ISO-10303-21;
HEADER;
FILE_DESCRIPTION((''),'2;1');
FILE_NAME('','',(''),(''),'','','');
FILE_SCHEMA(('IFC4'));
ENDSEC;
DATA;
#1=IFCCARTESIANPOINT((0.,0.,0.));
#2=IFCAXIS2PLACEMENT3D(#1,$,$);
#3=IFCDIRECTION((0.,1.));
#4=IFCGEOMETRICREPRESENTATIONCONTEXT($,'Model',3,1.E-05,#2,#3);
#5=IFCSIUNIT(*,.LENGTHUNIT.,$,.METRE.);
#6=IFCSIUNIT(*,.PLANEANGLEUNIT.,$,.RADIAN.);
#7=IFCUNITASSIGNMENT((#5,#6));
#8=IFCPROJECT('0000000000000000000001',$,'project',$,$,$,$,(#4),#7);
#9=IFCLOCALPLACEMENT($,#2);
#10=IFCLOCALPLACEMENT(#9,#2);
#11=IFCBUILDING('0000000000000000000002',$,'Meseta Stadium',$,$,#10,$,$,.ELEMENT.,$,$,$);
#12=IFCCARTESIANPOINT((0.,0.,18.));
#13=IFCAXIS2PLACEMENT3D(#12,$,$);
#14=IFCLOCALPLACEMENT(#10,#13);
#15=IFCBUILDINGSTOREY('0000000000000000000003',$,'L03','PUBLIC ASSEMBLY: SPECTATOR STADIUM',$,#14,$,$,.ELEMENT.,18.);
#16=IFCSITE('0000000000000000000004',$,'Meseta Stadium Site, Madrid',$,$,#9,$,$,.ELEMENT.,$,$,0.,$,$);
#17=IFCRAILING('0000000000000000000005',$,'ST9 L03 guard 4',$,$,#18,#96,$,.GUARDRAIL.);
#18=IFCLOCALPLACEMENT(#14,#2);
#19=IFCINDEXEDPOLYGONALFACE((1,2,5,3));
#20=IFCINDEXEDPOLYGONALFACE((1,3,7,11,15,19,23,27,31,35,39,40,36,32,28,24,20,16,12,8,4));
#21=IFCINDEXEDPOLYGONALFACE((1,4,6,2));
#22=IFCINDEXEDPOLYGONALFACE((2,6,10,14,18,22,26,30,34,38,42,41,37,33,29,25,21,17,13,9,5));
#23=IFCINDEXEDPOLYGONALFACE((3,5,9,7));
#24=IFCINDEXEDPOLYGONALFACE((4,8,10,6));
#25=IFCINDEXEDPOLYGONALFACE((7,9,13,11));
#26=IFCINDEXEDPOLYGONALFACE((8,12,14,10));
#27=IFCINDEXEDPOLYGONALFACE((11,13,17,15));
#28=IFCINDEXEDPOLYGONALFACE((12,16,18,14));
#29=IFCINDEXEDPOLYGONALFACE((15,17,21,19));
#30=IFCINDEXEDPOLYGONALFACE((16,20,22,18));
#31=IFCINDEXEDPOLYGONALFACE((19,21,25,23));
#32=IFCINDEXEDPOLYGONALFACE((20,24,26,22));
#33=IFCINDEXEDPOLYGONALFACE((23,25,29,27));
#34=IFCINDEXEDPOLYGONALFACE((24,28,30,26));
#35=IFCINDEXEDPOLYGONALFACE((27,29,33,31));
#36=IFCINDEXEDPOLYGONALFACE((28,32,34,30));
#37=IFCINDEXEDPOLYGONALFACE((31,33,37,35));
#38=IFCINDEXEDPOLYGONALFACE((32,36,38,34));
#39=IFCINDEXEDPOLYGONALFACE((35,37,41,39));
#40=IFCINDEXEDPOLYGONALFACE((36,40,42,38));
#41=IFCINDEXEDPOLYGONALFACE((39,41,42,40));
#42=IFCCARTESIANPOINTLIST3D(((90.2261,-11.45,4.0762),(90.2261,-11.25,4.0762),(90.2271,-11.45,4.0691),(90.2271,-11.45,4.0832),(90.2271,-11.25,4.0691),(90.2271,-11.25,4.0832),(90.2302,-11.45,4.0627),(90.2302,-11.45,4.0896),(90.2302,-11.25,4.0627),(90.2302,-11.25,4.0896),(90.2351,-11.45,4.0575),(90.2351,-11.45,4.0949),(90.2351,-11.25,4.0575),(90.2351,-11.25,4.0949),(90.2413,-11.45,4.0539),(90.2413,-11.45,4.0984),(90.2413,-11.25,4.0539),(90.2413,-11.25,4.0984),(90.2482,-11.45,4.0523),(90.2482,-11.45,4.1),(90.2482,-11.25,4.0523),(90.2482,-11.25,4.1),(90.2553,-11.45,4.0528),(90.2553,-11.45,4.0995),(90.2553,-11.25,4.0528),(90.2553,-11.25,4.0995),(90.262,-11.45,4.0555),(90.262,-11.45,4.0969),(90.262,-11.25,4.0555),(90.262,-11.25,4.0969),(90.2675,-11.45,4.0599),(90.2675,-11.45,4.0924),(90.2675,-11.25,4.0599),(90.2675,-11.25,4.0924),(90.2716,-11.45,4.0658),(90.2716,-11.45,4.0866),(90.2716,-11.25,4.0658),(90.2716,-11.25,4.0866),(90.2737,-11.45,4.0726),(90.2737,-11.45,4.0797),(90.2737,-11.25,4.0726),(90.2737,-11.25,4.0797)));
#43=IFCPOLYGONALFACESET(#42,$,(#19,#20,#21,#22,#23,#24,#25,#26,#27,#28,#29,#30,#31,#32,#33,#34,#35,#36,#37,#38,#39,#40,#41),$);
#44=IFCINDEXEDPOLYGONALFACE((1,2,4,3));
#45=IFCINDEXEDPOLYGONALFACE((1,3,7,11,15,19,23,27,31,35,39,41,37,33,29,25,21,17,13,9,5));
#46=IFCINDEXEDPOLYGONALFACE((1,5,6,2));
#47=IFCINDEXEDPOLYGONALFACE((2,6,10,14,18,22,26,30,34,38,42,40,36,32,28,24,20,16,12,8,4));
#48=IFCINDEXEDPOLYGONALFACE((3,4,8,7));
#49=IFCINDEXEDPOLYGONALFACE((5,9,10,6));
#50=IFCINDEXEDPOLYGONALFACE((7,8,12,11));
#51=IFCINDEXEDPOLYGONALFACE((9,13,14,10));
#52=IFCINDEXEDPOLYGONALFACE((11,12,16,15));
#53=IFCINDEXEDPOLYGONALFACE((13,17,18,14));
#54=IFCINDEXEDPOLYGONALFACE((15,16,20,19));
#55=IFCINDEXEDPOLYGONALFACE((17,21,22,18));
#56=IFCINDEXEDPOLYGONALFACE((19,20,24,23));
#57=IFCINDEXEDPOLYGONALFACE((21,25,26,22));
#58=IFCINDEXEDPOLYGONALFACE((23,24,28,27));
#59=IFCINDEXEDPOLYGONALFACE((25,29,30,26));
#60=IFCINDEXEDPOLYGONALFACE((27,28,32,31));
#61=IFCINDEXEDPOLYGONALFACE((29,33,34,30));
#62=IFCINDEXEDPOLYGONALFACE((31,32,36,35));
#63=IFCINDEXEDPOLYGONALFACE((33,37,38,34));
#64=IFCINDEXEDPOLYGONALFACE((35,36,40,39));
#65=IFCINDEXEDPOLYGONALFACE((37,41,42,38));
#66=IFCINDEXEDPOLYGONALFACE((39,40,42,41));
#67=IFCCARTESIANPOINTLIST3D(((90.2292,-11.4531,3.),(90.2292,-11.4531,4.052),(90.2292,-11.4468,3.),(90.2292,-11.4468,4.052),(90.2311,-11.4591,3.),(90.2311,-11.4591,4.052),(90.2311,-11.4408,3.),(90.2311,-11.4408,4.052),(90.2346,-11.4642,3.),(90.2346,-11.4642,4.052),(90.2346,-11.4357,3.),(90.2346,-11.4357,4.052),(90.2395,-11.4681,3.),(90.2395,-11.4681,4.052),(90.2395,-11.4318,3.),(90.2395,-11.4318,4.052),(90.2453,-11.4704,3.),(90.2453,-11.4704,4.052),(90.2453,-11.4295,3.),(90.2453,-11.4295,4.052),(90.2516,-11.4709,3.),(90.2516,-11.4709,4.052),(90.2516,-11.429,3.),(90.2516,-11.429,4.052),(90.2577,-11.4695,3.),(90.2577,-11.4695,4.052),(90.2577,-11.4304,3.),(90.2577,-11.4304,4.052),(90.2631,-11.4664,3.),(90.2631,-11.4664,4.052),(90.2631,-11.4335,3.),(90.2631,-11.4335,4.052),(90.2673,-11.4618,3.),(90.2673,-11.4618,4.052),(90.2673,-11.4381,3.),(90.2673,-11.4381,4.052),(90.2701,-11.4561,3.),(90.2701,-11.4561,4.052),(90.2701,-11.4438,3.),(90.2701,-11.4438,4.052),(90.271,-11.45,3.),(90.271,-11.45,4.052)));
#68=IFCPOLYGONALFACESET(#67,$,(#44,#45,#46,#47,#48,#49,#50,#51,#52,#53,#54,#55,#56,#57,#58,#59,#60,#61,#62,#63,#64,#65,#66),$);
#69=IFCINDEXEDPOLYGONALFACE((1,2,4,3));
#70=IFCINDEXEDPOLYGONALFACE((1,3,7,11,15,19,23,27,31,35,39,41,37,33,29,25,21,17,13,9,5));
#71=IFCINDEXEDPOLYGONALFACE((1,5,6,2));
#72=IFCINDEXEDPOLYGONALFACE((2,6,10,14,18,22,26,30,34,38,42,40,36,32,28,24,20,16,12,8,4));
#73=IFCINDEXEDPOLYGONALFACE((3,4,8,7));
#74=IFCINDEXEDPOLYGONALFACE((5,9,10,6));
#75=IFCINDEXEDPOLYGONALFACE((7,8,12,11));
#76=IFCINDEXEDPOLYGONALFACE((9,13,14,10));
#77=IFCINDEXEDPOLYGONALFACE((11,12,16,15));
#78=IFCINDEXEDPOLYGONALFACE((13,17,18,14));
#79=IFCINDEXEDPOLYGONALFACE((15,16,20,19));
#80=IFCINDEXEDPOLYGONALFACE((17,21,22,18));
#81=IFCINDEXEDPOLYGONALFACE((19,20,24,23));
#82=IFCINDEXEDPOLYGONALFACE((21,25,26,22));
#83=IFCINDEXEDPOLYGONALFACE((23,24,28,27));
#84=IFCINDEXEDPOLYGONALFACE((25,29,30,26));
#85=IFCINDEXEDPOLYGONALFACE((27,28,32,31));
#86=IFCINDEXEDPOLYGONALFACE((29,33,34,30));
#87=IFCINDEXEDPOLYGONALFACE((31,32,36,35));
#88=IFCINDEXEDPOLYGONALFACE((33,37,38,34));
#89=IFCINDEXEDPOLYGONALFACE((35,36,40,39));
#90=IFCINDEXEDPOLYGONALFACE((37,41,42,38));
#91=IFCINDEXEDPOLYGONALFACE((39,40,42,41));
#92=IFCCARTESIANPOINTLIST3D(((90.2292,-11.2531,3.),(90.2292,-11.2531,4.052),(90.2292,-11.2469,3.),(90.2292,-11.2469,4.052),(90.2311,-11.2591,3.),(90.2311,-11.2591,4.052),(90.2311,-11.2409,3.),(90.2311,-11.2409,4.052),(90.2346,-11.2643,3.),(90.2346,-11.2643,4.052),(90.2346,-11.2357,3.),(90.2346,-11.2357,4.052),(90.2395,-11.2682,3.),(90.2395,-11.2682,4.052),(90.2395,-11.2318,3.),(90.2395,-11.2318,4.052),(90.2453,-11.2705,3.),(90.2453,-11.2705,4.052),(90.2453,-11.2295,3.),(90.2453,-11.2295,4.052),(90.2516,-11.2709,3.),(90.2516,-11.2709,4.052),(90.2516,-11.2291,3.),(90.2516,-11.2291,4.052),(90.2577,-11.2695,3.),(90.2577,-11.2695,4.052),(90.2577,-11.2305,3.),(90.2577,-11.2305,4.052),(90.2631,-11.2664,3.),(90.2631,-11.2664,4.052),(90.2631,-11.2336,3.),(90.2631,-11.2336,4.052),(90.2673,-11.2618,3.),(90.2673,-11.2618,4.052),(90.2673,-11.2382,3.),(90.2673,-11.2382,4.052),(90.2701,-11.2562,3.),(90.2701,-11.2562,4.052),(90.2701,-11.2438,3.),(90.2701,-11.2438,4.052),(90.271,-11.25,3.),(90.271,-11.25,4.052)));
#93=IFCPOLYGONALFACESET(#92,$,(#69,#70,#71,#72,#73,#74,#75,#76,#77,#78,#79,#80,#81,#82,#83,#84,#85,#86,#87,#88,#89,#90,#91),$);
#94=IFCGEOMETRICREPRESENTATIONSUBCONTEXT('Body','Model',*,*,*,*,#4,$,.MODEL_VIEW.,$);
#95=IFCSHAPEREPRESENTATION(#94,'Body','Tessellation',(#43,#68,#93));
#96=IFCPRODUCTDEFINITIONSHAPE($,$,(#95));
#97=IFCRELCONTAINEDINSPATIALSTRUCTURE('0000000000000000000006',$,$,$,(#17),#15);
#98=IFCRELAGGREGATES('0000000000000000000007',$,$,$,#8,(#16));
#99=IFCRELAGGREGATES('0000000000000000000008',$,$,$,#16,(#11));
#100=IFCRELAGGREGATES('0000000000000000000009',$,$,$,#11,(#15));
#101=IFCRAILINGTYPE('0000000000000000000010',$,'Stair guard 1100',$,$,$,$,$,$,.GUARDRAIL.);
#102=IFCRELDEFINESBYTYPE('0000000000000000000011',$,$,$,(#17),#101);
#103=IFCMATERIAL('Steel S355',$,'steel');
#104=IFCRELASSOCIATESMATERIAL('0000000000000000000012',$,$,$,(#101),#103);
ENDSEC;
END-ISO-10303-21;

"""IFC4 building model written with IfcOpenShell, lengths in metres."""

from ifc_helpers import new_model, si_unit, direction, frame, origin, origin_2d, place, context, subcontext, project, spatial, circle, extrude, material, type_object, element, save


model = new_model("IFC4")

# Units and contexts
model_context = context("Model", 3, precision=1e-05, world=origin(), true_north=direction((0.0, 1.0)))
body_context = subcontext(model_context, "Body", "Model", "MODEL_VIEW")
ifc_project = project(units=[si_unit("LENGTHUNIT", "METRE"), si_unit("PLANEANGLEUNIT", "RADIAN")], contexts=[model_context])

# Site, building, storey
site_placement = place(None, origin())
site = spatial("IfcSite", under=ifc_project, at=site_placement, Name="Meseta Stadium Site, Madrid", CompositionType="ELEMENT", RefElevation=0.0)
building_placement = place(site_placement, origin())
building = spatial("IfcBuilding", under=site, at=building_placement, Name="Meseta Stadium", CompositionType="ELEMENT")
storey_placement = place(building_placement, frame((0.0, 0.0, 18.0)))
storey = spatial("IfcBuildingStorey", under=building, at=storey_placement, Name="L03", Description="PUBLIC ASSEMBLY: SPECTATOR STADIUM", CompositionType="ELEMENT", Elevation=18.0)

# Railing
ifc_material_1 = material(Name="Steel S355", Category="steel")
railing_type_1 = type_object("IfcRailingType", Name="Stair guard 1100", PredefinedType="GUARDRAIL", material=ifc_material_1)
railing_1_placement = place(storey_placement, frame((90.25, -11.45, 3.0)))
element("IfcRailing", 1, at=railing_1_placement, inside=storey, type_object=railing_type_1, Name="ST9 L03 guard 4", PredefinedType="GUARDRAIL", context=body_context, shape_type="SweptSolid", body=[
    extrude(circle(Radius=0.0239, at=origin_2d()), frame((0.0, 0.0, 1.0762), z_axis=(0.0, 1.0, 0.0), x_axis=(-1.0, 0.0, 0.0)), (0.0, 0.0, 1.0), 0.2),
    extrude(circle(Radius=0.021, at=origin_2d()), origin(), (0.0, 0.0, 1.0), 1.052),
    extrude(circle(Radius=0.021, at=origin_2d()), frame((0.0, 0.2, 0.0)), (0.0, 0.0, 1.0), 1.052),
])

save(model, "model.ifc")
